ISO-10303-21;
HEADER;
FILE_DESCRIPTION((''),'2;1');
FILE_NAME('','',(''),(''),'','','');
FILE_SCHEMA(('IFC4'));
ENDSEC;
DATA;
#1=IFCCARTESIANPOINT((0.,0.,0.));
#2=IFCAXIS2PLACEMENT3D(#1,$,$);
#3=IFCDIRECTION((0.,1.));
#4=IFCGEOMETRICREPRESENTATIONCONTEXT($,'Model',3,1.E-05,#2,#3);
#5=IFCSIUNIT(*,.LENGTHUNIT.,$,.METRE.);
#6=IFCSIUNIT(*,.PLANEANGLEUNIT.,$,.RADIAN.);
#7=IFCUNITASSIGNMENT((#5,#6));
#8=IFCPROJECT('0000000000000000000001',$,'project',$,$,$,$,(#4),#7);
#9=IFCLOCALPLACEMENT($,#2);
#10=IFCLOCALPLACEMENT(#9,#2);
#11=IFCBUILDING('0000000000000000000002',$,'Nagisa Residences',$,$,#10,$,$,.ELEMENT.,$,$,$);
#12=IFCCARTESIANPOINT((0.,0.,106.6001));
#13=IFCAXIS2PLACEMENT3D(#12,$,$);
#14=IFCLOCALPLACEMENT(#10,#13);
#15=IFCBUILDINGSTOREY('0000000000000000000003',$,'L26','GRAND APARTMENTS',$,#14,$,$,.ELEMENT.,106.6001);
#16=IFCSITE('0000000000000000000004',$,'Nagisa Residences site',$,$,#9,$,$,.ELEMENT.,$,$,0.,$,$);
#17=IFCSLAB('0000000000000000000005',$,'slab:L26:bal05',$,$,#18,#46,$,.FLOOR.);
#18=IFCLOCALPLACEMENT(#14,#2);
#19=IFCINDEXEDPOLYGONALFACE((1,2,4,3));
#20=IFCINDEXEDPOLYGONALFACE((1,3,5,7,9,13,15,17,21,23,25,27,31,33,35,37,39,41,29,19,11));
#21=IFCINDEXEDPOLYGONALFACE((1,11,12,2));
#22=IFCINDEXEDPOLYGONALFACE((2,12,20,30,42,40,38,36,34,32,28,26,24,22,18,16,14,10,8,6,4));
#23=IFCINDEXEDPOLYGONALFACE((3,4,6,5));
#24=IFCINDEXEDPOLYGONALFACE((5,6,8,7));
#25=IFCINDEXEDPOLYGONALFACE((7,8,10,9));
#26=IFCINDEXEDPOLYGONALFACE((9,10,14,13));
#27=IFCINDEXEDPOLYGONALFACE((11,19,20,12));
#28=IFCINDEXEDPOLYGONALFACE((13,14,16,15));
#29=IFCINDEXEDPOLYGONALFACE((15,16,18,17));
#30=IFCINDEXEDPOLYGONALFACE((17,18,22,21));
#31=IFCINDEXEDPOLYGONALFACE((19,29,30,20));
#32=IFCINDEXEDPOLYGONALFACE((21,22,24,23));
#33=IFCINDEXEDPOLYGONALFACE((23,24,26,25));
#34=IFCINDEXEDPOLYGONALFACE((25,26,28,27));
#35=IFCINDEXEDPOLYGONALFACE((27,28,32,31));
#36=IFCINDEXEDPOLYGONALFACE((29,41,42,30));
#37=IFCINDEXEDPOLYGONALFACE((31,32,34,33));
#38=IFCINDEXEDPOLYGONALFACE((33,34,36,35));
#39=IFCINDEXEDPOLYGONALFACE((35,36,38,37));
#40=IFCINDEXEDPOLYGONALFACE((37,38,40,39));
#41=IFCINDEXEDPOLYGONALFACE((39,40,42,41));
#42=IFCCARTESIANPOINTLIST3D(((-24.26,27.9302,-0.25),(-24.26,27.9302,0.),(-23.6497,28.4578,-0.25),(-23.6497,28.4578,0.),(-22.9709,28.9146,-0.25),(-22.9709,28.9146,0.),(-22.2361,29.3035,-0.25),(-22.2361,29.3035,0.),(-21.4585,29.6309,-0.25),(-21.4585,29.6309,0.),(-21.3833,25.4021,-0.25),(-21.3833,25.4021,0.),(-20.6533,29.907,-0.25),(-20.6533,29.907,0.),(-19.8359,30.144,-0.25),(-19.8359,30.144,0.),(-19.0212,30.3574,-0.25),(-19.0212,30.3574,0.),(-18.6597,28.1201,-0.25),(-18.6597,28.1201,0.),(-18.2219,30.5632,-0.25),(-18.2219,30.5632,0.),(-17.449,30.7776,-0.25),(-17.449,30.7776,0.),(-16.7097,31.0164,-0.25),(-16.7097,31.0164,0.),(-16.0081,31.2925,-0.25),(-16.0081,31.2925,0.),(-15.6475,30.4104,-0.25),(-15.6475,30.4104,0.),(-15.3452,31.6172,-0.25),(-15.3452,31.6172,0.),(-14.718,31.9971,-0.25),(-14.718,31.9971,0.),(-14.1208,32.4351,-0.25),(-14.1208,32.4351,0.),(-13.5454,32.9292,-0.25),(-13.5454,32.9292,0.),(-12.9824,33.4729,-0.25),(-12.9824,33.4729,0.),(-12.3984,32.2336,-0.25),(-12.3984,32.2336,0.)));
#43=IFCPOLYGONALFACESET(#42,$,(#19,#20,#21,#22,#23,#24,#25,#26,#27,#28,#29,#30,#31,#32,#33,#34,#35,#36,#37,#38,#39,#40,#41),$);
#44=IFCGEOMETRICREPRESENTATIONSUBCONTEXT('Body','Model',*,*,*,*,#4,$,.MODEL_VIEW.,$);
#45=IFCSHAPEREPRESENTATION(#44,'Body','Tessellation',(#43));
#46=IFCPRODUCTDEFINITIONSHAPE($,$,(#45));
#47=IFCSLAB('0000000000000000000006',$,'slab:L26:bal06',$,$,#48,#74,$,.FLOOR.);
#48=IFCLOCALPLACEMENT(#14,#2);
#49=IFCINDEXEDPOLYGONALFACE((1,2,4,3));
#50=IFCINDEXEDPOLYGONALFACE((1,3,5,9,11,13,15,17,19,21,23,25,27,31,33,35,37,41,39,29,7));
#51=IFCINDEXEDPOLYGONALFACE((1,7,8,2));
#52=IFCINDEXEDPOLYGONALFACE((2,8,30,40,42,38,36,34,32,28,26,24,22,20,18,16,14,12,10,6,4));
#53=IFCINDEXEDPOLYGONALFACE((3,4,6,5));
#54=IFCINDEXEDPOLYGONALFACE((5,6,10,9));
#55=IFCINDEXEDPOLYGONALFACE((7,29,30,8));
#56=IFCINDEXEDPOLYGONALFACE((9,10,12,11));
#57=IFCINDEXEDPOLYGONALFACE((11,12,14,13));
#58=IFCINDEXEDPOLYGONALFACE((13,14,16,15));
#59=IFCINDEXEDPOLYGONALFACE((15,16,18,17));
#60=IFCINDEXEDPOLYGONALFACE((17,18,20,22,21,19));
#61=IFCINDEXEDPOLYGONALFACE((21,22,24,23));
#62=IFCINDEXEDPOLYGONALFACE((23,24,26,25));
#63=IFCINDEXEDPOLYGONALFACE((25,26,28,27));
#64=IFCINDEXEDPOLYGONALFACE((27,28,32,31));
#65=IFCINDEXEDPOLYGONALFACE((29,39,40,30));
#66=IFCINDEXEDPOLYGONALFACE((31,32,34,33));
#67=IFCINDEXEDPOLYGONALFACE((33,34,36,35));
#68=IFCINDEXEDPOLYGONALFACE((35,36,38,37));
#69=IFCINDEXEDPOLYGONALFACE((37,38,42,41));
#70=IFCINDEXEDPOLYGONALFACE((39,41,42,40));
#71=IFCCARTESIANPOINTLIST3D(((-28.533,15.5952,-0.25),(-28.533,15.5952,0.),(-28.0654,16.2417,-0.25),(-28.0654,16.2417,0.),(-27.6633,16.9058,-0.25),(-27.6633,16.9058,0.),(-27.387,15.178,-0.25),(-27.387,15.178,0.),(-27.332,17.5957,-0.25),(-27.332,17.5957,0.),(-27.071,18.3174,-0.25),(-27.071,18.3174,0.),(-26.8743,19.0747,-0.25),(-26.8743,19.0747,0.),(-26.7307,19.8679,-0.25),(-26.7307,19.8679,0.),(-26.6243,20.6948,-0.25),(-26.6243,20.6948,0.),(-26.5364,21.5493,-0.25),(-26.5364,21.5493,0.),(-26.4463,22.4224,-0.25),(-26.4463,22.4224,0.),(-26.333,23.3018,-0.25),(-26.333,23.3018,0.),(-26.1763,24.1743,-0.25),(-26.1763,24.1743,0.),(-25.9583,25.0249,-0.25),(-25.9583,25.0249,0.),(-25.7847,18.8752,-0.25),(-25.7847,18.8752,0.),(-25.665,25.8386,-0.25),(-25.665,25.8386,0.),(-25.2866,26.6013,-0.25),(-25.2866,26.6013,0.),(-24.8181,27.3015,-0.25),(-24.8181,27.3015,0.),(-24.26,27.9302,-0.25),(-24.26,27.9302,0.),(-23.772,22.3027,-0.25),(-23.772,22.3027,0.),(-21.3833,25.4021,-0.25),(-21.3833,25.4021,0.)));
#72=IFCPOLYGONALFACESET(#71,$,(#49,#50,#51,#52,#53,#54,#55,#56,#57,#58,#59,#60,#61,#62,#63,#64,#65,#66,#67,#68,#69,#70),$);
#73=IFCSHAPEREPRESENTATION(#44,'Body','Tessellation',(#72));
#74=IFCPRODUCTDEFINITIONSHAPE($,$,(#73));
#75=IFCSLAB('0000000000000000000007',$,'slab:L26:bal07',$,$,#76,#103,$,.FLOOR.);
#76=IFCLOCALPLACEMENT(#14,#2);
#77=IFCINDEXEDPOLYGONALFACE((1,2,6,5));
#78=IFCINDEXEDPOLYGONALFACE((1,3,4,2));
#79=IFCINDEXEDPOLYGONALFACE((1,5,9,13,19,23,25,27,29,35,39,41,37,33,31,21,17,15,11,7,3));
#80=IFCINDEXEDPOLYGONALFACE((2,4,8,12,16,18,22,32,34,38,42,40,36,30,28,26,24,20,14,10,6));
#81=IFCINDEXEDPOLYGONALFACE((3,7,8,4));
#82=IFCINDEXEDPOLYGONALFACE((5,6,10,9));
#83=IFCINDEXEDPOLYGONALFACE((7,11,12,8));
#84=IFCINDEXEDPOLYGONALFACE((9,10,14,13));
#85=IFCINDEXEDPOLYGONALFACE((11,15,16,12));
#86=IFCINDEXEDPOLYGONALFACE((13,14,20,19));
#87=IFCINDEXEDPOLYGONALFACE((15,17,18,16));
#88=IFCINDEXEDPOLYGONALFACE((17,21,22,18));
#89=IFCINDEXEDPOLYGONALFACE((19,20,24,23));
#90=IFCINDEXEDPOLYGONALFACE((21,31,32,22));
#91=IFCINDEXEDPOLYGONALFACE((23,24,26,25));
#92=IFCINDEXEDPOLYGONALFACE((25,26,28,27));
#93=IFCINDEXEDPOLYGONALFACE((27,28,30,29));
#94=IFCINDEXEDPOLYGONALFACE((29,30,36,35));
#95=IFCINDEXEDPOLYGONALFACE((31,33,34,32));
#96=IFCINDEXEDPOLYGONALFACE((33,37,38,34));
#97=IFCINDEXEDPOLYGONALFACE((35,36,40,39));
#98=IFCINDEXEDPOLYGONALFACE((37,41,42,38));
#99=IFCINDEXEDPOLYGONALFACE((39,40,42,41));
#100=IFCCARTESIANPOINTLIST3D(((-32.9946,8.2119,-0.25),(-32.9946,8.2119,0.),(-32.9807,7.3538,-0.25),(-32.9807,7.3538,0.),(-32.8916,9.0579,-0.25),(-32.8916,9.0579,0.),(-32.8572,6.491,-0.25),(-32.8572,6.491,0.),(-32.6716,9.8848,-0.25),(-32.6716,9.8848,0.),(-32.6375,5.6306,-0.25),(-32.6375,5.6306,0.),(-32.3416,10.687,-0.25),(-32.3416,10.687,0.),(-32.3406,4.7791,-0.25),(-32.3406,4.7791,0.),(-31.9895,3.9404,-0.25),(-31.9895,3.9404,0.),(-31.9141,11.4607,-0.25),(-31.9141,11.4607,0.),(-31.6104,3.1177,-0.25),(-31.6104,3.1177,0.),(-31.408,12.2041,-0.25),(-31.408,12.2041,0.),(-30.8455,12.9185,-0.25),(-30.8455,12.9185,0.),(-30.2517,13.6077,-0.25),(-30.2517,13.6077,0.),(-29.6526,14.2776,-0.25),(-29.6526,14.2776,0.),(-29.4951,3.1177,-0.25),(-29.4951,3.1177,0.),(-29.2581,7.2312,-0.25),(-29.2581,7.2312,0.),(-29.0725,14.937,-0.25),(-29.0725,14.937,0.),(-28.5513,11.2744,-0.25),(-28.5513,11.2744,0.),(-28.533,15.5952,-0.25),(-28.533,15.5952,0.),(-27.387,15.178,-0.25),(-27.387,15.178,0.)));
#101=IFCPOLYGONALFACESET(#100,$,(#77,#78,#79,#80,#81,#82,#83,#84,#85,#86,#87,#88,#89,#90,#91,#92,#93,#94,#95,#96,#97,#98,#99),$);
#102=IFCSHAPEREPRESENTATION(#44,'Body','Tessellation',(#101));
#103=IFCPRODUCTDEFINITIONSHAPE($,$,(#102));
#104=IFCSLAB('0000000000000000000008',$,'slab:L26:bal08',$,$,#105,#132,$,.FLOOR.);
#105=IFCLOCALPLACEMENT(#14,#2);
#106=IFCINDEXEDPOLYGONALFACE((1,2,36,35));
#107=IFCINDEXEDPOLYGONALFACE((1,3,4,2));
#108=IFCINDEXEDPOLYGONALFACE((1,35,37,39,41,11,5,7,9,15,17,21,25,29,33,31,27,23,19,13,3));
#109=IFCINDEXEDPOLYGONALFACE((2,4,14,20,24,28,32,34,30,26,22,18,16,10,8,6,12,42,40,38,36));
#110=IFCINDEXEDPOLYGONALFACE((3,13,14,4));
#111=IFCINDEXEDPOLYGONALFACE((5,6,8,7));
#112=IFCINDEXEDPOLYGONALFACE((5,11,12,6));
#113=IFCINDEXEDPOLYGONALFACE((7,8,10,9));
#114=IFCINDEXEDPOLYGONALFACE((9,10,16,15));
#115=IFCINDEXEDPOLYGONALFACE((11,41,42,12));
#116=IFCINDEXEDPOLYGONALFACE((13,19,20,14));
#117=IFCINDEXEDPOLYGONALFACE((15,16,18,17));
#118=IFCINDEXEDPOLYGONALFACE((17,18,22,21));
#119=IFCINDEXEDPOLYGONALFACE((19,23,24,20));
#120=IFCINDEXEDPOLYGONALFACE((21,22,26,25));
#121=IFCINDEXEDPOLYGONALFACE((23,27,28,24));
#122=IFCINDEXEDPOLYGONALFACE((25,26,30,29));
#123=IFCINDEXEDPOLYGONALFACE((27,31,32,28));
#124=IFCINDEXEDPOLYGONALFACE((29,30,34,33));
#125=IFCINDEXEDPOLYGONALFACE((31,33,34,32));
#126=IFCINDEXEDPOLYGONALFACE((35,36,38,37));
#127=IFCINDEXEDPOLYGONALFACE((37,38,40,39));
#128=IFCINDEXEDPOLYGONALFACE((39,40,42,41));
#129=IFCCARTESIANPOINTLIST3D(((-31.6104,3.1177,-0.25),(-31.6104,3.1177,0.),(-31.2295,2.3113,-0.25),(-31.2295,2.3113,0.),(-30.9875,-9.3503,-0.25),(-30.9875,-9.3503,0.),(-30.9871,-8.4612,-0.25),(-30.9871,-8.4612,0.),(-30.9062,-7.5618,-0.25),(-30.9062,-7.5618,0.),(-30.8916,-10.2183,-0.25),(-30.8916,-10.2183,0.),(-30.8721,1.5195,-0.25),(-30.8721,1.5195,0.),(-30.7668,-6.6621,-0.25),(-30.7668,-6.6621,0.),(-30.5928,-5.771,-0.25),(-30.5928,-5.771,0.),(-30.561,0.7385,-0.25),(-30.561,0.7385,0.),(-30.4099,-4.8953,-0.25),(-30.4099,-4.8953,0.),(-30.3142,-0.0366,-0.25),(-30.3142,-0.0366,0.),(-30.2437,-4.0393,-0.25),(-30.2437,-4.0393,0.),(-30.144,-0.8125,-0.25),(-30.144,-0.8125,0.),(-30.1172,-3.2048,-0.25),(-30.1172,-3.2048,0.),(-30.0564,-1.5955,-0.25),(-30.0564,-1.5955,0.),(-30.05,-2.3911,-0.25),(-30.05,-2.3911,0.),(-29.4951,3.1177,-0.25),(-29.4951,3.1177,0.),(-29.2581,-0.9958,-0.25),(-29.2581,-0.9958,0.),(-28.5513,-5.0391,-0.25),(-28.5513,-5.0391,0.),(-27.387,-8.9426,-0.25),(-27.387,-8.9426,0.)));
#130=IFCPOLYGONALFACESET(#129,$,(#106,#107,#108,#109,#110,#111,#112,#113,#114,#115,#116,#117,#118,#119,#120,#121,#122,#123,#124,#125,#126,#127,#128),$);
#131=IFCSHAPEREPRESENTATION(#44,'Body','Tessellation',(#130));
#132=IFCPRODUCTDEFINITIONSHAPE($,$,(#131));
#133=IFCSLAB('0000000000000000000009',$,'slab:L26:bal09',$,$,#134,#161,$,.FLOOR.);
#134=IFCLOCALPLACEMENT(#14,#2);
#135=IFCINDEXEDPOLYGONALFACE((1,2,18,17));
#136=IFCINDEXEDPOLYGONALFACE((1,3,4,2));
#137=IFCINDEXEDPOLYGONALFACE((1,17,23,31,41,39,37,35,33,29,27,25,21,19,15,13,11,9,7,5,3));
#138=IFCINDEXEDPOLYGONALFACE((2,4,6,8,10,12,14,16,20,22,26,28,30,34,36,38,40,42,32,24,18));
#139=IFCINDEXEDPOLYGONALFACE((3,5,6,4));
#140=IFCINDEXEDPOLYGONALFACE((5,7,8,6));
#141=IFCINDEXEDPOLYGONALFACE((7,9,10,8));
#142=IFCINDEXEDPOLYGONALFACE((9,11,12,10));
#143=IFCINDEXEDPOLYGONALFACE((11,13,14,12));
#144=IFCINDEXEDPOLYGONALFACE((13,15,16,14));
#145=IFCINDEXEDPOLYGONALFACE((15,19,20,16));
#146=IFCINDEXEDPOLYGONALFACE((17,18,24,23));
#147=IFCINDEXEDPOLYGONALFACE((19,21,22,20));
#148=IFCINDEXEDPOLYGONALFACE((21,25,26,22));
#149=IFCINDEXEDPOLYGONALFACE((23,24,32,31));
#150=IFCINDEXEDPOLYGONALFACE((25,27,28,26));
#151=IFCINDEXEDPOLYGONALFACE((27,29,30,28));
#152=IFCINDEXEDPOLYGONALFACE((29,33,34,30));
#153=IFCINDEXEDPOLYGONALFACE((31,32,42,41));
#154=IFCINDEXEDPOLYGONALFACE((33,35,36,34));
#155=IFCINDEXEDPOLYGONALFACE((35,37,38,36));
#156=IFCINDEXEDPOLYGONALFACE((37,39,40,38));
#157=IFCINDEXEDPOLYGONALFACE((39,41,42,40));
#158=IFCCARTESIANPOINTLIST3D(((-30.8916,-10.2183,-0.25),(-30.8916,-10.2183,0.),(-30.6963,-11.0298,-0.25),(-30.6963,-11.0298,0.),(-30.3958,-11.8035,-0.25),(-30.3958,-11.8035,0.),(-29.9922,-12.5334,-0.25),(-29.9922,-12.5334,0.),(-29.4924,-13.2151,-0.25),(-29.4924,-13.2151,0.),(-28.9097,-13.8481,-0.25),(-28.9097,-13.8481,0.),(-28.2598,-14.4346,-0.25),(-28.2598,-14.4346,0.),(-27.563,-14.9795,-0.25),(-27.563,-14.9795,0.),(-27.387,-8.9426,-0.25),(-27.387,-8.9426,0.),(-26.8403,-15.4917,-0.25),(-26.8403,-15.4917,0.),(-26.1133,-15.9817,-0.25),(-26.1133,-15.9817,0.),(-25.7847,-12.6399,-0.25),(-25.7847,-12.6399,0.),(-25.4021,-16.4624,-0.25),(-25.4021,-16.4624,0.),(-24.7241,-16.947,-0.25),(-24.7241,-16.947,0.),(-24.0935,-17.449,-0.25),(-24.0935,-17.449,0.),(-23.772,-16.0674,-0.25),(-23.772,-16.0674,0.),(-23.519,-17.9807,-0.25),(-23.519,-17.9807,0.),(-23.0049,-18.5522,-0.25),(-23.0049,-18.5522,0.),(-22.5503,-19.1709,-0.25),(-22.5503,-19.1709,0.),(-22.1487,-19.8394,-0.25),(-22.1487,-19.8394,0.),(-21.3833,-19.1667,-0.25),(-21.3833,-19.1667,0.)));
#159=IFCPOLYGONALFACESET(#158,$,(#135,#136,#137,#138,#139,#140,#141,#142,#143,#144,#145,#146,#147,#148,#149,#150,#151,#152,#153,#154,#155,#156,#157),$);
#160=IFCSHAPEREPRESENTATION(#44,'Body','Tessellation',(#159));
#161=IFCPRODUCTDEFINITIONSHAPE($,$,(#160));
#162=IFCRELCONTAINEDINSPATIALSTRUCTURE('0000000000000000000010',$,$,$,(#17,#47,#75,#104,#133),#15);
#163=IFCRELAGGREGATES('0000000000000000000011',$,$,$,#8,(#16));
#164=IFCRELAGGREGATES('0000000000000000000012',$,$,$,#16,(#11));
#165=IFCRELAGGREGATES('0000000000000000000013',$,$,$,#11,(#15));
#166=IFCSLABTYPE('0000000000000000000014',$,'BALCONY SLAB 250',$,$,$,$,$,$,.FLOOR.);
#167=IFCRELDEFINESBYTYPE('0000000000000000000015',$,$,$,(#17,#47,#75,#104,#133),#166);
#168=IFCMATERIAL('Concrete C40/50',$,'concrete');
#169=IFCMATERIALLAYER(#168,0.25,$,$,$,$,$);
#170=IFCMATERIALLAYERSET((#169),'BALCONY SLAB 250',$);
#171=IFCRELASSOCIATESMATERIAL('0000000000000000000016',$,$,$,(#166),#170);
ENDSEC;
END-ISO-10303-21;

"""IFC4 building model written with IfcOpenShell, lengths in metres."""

from ifc_helpers import new_model, si_unit, direction, frame, origin, place, context, subcontext, project, spatial, polyline, outline, extrude, material, layer, layer_set, type_object, element, save


model = new_model("IFC4")

# Units and contexts
model_context = context("Model", 3, precision=1e-05, world=origin(), true_north=direction((0.0, 1.0)))
body_context = subcontext(model_context, "Body", "Model", "MODEL_VIEW")
ifc_project = project(units=[si_unit("LENGTHUNIT", "METRE"), si_unit("PLANEANGLEUNIT", "RADIAN")], contexts=[model_context])

# Site, building, storey
site_placement = place(None, origin())
site = spatial("IfcSite", under=ifc_project, at=site_placement, Name="Nagisa Residences site", CompositionType="ELEMENT", RefElevation=0.0)
building_placement = place(site_placement, origin())
building = spatial("IfcBuilding", under=site, at=building_placement, Name="Nagisa Residences", CompositionType="ELEMENT")
storey_placement = place(building_placement, frame((0.0, 0.0, 106.6001)))
storey = spatial("IfcBuildingStorey", under=building, at=storey_placement, Name="L26", Description="GRAND APARTMENTS", CompositionType="ELEMENT", Elevation=106.6001)

# Slabs
ifc_material_1 = material(Name="Concrete C40/50", Category="concrete")
ifc_layer_1 = layer(ifc_material_1, 0.25)
ifc_layer_set_1 = layer_set([ifc_layer_1], Name="BALCONY SLAB 250")
slab_type_1 = type_object("IfcSlabType", Name="BALCONY SLAB 250", PredefinedType="FLOOR", material=ifc_layer_set_1)
slab_1_placement = place(storey_placement, frame((0.0, 0.0, -0.25)))
element("IfcSlab", 1, at=slab_1_placement, inside=storey, type_object=slab_type_1, Name="slab:L26:bal05", PredefinedType="FLOOR", context=body_context, shape_type="SweptSolid", body=[
    extrude(outline(polyline([(-12.9824, 33.4729), (-13.5454, 32.9292), (-14.1208, 32.4351), (-14.718, 31.9971), (-15.3452, 31.6172), (-16.0081, 31.2925), (-16.7097, 31.0164), (-17.449, 30.7776), (-18.2219, 30.5632), (-19.0212, 30.3574), (-19.8359, 30.144), (-20.6533, 29.907), (-21.4585, 29.6309), (-22.2361, 29.3035), (-22.9709, 28.9146), (-23.6497, 28.4578), (-24.26, 27.9302), (-21.3833, 25.4021), (-18.6597, 28.1201), (-15.6475, 30.4104), (-12.3984, 32.2336), (-12.9824, 33.4729)])), origin(), (0.0, 0.0, 1.0), 0.25),
])
slab_2_placement = place(storey_placement, frame((0.0, 0.0, -0.25)))
element("IfcSlab", 2, at=slab_2_placement, inside=storey, type_object=slab_type_1, Name="slab:L26:bal06", PredefinedType="FLOOR", context=body_context, shape_type="SweptSolid", body=[
    extrude(outline(polyline([(-24.26, 27.9302), (-24.8181, 27.3015), (-25.2866, 26.6013), (-25.665, 25.8386), (-25.9583, 25.0249), (-26.1763, 24.1743), (-26.333, 23.3018), (-26.4463, 22.4224), (-26.5364, 21.5493), (-26.6243, 20.6948), (-26.7307, 19.8679), (-26.8743, 19.0747), (-27.071, 18.3174), (-27.332, 17.5957), (-27.6633, 16.9058), (-28.0654, 16.2417), (-28.533, 15.5952), (-27.387, 15.178), (-25.7847, 18.8752), (-23.772, 22.3027), (-21.3833, 25.4021), (-24.26, 27.9302)])), origin(), (0.0, 0.0, 1.0), 0.25),
])
slab_3_placement = place(storey_placement, frame((0.0, 0.0, -0.25)))
element("IfcSlab", 3, at=slab_3_placement, inside=storey, type_object=slab_type_1, Name="slab:L26:bal07", PredefinedType="FLOOR", context=body_context, shape_type="SweptSolid", body=[
    extrude(outline(polyline([(-28.533, 15.5952), (-29.0725, 14.937), (-29.6526, 14.2776), (-30.2517, 13.6077), (-30.8455, 12.9185), (-31.408, 12.2041), (-31.9141, 11.4607), (-32.3416, 10.687), (-32.6716, 9.8848), (-32.8916, 9.0579), (-32.9946, 8.2119), (-32.9807, 7.3538), (-32.8572, 6.491), (-32.6375, 5.6306), (-32.3406, 4.7791), (-31.9895, 3.9404), (-31.6104, 3.1177), (-29.4951, 3.1177), (-29.2581, 7.2312), (-28.5513, 11.2744), (-27.387, 15.178), (-28.533, 15.5952)])), origin(), (0.0, 0.0, 1.0), 0.25),
])
slab_4_placement = place(storey_placement, frame((0.0, 0.0, -0.25)))
element("IfcSlab", 4, at=slab_4_placement, inside=storey, type_object=slab_type_1, Name="slab:L26:bal08", PredefinedType="FLOOR", context=body_context, shape_type="SweptSolid", body=[
    extrude(outline(polyline([(-31.6104, 3.1177), (-31.2295, 2.3113), (-30.8721, 1.5195), (-30.561, 0.7385), (-30.3142, -0.0366), (-30.144, -0.8125), (-30.0564, -1.5955), (-30.05, -2.3911), (-30.1172, -3.2048), (-30.2437, -4.0393), (-30.4099, -4.8953), (-30.5928, -5.771), (-30.7668, -6.6621), (-30.9062, -7.5618), (-30.9871, -8.4612), (-30.9875, -9.3503), (-30.8916, -10.2183), (-27.387, -8.9426), (-28.5513, -5.0391), (-29.2581, -0.9958), (-29.4951, 3.1177), (-31.6104, 3.1177)])), origin(), (0.0, 0.0, 1.0), 0.25),
])
slab_5_placement = place(storey_placement, frame((0.0, 0.0, -0.25)))
element("IfcSlab", 5, at=slab_5_placement, inside=storey, type_object=slab_type_1, Name="slab:L26:bal09", PredefinedType="FLOOR", context=body_context, shape_type="SweptSolid", body=[
    extrude(outline(polyline([(-30.8916, -10.2183), (-30.6963, -11.0298), (-30.3958, -11.8035), (-29.9922, -12.5334), (-29.4924, -13.2151), (-28.9097, -13.8481), (-28.2598, -14.4346), (-27.563, -14.9795), (-26.8403, -15.4917), (-26.1133, -15.9817), (-25.4021, -16.4624), (-24.7241, -16.947), (-24.0935, -17.449), (-23.519, -17.9807), (-23.0049, -18.5522), (-22.5503, -19.1709), (-22.1487, -19.8394), (-21.3833, -19.1667), (-23.772, -16.0674), (-25.7847, -12.6399), (-27.387, -8.9426), (-30.8916, -10.2183)])), origin(), (0.0, 0.0, 1.0), 0.25),
])

save(model, "model.ifc")
